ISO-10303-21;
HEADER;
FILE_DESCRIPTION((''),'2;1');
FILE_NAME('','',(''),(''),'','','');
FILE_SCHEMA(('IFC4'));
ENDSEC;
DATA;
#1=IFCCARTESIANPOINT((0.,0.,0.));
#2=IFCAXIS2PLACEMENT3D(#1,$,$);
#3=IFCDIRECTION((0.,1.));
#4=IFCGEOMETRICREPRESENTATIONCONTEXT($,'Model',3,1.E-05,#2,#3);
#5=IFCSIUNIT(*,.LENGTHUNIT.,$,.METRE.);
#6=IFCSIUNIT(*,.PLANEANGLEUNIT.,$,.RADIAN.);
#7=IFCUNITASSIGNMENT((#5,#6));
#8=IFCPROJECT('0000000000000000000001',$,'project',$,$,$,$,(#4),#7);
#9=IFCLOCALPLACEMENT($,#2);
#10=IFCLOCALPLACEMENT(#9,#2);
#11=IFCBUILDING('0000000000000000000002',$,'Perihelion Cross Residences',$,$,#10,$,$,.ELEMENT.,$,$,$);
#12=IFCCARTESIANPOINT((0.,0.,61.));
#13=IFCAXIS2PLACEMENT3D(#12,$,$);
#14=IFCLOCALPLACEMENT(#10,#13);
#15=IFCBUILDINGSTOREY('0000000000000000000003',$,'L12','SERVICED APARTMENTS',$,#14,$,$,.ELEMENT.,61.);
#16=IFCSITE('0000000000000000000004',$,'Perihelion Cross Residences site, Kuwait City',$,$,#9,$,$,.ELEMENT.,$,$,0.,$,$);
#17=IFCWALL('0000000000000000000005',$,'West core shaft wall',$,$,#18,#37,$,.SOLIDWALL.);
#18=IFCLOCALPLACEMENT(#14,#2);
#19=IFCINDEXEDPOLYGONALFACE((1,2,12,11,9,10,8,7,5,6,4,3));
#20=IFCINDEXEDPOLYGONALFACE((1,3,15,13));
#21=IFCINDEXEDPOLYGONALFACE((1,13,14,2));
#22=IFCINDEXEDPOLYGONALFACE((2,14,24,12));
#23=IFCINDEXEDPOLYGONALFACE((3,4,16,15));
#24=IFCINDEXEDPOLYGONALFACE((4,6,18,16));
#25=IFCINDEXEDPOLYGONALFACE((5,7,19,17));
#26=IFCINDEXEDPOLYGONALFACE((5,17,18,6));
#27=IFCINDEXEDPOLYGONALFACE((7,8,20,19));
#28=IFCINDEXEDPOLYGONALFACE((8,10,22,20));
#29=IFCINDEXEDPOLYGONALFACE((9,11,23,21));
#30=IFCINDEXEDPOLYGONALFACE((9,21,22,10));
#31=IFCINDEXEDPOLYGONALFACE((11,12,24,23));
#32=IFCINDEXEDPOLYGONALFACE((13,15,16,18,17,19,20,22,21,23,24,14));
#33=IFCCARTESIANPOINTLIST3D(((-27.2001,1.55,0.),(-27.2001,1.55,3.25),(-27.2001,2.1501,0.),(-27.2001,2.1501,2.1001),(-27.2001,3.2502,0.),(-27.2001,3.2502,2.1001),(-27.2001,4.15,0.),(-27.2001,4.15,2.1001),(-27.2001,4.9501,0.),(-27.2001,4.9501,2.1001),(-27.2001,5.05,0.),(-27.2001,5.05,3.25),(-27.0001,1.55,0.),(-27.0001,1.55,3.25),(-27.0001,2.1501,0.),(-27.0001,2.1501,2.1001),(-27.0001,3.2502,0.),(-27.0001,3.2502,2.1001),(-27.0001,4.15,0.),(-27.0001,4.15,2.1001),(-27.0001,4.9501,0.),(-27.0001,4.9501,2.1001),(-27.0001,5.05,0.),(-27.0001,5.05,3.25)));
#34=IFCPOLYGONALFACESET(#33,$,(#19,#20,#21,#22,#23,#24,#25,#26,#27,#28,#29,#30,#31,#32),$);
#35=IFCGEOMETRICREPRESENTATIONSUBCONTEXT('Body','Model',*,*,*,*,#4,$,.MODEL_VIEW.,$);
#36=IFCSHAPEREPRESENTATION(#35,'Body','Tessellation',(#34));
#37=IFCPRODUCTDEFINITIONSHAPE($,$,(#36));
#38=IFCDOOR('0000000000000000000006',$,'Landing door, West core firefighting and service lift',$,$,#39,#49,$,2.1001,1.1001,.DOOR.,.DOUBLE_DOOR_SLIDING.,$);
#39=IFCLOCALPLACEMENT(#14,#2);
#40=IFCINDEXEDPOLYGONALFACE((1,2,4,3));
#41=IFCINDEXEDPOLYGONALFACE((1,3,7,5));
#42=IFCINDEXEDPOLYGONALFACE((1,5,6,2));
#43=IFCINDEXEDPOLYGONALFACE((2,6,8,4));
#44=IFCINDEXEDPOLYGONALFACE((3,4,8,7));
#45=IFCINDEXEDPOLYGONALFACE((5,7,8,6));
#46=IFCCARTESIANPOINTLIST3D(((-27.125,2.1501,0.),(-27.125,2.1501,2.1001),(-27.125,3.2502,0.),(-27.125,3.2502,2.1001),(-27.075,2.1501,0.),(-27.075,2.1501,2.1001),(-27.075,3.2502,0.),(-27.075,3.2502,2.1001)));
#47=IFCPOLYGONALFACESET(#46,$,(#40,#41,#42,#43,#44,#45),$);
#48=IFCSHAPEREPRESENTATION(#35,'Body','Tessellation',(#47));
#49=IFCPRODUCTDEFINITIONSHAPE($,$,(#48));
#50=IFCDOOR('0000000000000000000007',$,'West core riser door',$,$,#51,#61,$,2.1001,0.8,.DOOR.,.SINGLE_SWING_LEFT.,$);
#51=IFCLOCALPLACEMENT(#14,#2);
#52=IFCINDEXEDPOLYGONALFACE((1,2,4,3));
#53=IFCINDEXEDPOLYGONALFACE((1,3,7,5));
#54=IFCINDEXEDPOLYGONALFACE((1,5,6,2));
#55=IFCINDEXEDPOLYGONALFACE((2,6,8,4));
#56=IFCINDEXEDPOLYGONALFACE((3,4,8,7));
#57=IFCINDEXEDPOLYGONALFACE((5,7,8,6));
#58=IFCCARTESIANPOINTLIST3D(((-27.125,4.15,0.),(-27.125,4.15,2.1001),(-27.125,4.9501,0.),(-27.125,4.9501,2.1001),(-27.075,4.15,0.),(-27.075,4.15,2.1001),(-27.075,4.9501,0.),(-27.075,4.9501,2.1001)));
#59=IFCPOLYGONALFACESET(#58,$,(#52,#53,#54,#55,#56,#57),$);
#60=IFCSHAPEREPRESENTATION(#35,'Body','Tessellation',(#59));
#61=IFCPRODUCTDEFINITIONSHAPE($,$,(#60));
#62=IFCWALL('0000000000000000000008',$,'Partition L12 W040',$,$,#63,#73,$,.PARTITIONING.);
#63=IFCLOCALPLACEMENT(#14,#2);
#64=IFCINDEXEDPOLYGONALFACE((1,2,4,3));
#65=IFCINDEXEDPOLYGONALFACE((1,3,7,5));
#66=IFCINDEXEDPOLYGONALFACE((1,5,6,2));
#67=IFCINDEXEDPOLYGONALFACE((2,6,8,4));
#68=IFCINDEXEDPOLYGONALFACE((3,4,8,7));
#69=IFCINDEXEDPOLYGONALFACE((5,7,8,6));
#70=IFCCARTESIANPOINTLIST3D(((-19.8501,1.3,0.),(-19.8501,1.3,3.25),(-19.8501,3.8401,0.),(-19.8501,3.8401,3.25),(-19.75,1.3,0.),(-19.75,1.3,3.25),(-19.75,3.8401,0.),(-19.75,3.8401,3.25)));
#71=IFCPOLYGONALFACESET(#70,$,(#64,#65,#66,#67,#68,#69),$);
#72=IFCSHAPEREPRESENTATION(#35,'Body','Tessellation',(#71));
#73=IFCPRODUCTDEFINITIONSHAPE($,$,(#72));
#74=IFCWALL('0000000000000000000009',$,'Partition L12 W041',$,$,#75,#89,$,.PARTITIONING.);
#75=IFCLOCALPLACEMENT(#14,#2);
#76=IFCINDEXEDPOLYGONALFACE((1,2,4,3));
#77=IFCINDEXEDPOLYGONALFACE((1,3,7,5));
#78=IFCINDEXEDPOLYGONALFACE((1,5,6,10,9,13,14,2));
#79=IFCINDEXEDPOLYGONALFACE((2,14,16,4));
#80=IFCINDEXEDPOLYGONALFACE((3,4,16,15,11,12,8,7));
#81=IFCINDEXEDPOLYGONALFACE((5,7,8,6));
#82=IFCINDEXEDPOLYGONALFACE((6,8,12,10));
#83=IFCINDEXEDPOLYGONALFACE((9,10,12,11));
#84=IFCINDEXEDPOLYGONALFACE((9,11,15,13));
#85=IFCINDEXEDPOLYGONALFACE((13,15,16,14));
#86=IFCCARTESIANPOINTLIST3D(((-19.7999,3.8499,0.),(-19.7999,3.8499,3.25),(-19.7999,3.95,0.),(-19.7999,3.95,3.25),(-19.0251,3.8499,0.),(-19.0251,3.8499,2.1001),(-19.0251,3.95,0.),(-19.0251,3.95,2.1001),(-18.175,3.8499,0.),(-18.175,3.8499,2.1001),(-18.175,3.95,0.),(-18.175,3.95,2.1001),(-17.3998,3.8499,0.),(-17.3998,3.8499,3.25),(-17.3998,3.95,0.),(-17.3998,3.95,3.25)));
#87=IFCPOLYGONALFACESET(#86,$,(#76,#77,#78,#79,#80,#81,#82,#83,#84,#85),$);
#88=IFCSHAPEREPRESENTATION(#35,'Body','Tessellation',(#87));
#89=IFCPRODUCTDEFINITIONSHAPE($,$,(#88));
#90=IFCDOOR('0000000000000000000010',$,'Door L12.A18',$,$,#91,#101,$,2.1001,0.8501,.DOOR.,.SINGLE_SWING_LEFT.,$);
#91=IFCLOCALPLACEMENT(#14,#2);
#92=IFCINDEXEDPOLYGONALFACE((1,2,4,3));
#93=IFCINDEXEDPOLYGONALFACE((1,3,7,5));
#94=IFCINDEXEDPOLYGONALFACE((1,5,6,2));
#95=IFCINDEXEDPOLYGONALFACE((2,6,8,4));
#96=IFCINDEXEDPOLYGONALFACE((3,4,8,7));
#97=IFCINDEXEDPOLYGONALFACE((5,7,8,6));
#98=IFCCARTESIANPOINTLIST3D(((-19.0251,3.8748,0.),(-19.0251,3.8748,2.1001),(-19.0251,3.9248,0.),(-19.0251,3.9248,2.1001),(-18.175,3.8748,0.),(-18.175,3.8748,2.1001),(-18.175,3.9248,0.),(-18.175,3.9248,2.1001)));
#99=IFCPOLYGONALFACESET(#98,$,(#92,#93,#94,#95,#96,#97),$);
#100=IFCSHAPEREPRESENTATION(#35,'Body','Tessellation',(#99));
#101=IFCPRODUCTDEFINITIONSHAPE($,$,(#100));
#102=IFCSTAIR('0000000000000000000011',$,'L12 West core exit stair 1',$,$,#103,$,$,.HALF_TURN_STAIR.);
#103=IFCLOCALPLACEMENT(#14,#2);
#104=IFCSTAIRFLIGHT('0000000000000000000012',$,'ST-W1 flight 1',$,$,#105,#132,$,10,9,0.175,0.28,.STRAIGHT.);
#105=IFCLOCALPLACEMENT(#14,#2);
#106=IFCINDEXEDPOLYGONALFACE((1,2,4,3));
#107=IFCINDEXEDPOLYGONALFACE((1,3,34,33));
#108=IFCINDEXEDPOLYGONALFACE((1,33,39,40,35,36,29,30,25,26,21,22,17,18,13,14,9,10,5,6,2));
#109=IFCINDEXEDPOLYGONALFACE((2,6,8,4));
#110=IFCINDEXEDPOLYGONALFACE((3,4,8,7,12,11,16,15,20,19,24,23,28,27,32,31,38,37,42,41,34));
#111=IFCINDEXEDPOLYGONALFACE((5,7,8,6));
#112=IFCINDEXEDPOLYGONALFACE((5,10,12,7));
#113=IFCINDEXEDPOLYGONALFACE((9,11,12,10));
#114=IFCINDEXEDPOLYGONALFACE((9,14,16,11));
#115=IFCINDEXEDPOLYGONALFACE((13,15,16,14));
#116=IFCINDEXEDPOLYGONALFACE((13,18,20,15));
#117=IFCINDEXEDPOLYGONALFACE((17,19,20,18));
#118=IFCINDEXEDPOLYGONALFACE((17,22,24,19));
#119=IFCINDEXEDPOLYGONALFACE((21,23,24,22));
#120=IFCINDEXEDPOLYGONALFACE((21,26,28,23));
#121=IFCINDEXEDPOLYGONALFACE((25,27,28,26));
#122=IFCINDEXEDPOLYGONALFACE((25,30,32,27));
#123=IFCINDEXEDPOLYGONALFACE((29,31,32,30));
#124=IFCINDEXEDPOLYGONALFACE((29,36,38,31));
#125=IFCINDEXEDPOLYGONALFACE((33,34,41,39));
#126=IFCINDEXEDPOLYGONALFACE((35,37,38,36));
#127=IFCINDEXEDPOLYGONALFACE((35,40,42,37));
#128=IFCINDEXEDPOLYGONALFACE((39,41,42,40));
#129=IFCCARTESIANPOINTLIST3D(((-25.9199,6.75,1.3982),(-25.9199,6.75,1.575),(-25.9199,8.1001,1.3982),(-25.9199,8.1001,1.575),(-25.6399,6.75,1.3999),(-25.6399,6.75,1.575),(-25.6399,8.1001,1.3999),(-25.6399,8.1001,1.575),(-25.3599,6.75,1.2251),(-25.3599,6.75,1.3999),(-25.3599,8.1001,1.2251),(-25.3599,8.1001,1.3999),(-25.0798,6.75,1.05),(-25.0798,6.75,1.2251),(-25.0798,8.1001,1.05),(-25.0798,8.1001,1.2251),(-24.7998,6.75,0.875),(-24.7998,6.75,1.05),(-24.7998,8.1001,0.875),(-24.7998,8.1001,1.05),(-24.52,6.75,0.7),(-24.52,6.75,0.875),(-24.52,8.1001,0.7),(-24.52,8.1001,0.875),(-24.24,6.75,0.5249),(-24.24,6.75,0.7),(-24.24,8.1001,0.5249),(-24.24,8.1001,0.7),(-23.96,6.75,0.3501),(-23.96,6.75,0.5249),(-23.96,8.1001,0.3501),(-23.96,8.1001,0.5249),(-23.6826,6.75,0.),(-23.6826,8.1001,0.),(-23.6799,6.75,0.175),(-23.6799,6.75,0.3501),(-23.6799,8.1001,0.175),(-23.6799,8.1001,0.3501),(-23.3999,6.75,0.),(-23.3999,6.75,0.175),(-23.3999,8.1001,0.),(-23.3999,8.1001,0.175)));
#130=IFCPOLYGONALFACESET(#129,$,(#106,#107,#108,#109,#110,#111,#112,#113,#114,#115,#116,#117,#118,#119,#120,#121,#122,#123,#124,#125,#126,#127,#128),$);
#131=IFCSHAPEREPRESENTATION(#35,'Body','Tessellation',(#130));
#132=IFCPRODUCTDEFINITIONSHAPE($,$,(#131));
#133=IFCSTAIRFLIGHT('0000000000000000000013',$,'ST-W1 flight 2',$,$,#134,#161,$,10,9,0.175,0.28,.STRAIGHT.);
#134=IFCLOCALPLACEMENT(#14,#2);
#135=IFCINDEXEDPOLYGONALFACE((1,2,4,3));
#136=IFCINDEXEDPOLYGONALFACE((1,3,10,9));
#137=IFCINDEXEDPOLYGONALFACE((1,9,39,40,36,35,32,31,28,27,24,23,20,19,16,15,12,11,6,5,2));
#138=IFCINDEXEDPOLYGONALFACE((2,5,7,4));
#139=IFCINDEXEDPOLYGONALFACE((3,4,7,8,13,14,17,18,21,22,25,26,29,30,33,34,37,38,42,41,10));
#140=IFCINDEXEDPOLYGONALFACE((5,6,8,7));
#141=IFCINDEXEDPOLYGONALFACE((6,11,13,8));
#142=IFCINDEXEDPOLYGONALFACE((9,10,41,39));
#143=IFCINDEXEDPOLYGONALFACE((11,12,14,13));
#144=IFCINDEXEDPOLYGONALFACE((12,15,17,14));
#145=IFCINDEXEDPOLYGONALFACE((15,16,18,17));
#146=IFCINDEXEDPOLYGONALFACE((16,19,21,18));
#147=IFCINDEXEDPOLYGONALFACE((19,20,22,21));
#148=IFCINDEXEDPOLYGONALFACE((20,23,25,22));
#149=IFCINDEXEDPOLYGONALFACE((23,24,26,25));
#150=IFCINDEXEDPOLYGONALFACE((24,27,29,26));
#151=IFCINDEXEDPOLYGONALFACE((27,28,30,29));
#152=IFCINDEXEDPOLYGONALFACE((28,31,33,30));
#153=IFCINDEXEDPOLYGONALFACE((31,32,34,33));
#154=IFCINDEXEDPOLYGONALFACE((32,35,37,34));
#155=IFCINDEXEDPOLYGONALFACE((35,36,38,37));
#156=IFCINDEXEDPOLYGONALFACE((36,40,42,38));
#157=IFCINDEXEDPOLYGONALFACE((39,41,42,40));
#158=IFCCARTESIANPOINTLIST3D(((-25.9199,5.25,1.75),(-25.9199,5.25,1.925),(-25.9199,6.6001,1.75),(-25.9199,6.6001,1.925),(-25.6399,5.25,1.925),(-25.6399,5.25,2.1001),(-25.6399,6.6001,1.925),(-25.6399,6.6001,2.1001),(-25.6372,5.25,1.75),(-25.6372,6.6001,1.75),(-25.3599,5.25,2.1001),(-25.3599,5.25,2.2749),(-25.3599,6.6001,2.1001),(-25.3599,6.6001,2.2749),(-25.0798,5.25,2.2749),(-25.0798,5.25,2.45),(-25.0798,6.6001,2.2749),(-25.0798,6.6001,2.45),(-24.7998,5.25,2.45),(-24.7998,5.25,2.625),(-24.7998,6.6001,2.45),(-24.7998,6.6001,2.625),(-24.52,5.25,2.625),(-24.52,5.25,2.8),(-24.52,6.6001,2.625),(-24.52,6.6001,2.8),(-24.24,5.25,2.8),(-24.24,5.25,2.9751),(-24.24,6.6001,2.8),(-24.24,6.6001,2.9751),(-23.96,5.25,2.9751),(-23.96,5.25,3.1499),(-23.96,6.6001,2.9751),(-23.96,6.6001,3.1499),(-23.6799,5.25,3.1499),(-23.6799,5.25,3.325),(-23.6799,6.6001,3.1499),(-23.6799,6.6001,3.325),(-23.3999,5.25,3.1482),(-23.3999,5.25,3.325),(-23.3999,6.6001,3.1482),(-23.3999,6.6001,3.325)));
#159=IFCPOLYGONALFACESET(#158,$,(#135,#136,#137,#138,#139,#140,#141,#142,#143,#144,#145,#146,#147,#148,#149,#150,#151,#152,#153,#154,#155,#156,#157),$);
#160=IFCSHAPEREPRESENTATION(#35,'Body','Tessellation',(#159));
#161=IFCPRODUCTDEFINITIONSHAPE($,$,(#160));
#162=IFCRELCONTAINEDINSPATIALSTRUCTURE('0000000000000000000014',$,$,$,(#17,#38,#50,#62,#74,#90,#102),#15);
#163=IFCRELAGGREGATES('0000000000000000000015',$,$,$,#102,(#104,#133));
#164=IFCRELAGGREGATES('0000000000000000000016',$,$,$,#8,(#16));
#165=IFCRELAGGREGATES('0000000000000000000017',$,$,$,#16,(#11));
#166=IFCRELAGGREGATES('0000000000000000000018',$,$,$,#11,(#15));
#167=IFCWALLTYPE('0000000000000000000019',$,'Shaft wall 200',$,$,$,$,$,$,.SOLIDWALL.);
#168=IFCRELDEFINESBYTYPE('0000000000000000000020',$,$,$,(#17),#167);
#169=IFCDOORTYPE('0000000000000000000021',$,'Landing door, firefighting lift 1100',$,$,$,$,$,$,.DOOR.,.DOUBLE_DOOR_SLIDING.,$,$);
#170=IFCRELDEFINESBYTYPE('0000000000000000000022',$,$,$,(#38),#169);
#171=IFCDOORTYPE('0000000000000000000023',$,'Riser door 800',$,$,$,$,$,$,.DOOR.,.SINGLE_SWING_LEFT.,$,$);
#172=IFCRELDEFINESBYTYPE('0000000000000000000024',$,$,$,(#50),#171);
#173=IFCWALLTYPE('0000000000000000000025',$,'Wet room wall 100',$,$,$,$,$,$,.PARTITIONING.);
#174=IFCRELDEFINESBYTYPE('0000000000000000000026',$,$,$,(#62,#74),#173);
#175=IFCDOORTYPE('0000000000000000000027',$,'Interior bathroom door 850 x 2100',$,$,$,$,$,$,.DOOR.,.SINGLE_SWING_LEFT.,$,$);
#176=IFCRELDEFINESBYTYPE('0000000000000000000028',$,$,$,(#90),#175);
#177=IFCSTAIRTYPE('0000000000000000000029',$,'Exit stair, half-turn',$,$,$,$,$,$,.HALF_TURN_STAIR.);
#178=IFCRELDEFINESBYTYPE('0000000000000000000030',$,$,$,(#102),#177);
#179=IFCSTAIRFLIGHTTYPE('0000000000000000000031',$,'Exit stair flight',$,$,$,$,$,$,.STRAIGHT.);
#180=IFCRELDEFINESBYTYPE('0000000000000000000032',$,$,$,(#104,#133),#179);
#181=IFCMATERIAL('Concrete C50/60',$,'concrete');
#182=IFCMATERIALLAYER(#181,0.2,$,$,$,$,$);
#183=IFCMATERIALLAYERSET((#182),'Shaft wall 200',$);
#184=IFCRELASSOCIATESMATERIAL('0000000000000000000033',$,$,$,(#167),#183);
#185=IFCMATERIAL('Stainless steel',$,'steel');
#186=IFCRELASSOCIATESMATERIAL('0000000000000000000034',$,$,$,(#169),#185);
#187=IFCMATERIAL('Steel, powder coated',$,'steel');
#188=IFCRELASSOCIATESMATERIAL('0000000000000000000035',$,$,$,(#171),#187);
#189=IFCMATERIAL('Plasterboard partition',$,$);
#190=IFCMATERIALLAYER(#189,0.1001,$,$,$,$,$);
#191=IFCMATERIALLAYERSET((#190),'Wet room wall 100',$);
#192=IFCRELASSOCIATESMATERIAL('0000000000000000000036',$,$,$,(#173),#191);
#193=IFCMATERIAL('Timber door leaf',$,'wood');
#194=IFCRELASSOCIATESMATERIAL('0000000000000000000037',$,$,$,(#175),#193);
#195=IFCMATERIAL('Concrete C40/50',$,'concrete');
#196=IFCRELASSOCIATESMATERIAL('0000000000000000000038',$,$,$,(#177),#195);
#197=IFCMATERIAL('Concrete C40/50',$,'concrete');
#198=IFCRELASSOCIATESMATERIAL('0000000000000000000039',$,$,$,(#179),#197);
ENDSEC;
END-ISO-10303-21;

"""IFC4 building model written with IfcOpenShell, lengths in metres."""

from ifc_helpers import new_model, si_unit, direction, frame, frame_2d, origin, place, context, subcontext, project, spatial, polyline, rectangle, outline, extrude, material, layer, layer_set, type_object, element, fill, aggregate, save


model = new_model("IFC4")

# Units and contexts
model_context = context("Model", 3, precision=1e-05, world=origin(), true_north=direction((0.0, 1.0)))
body_context = subcontext(model_context, "Body", "Model", "MODEL_VIEW")
ifc_project = project(units=[si_unit("LENGTHUNIT", "METRE"), si_unit("PLANEANGLEUNIT", "RADIAN")], contexts=[model_context])

# Site, building, storey
site_placement = place(None, origin())
site = spatial("IfcSite", under=ifc_project, at=site_placement, Name="Perihelion Cross Residences site, Kuwait City", CompositionType="ELEMENT", RefElevation=0.0)
building_placement = place(site_placement, origin())
building = spatial("IfcBuilding", under=site, at=building_placement, Name="Perihelion Cross Residences", CompositionType="ELEMENT")
storey_placement = place(building_placement, frame((0.0, 0.0, 61.0)))
storey = spatial("IfcBuildingStorey", under=building, at=storey_placement, Name="L12", Description="SERVICED APARTMENTS", CompositionType="ELEMENT", Elevation=61.0)

# Wall, openings, doors
ifc_material_1 = material(Name="Concrete C50/60", Category="concrete")
ifc_layer_1 = layer(ifc_material_1, 0.2)
ifc_layer_set_1 = layer_set([ifc_layer_1], Name="Shaft wall 200")
wall_type_1 = type_object("IfcWallType", Name="Shaft wall 200", PredefinedType="SOLIDWALL", material=ifc_layer_set_1)
wall_1_placement = place(storey_placement, frame((-27.1001, 1.55, 0.0), z_axis=(0.0, 0.0, 1.0), x_axis=(0.0, 1.0, 0.0)))
wall_1 = element("IfcWall", 1, at=wall_1_placement, inside=storey, type_object=wall_type_1, Name="West core shaft wall", PredefinedType="SOLIDWALL", context=body_context, shape_type="SweptSolid", body=[
    extrude(rectangle(XDim=3.5, YDim=0.2, at=frame_2d((1.75, 0.0))), origin(), (0.0, 0.0, 1.0), 3.25),
])
opening_1_placement = place(wall_1_placement, frame((0.6001, 0.0, 0.0)))
opening_1 = element("IfcOpeningElement", 2, at=opening_1_placement, cuts=wall_1, PredefinedType="OPENING", context=body_context, shape_type="SweptSolid", body=[
    extrude(rectangle(XDim=1.1001, YDim=2.1001, at=frame_2d((0.55, 1.05))), frame((0.0, 0.1099, 0.0), z_axis=(0.0, -1.0, 0.0), x_axis=(1.0, 0.0, 0.0)), (0.0, 0.0, 1.0), 0.22),
])
opening_2_placement = place(wall_1_placement, frame((2.6001, 0.0, 0.0)))
opening_2 = element("IfcOpeningElement", 3, at=opening_2_placement, cuts=wall_1, PredefinedType="OPENING", context=body_context, shape_type="SweptSolid", body=[
    extrude(rectangle(XDim=0.8, YDim=2.1001, at=frame_2d((0.3999, 1.05))), frame((0.0, 0.1099, 0.0), z_axis=(0.0, -1.0, 0.0), x_axis=(1.0, 0.0, 0.0)), (0.0, 0.0, 1.0), 0.22),
])
ifc_material_2 = material(Name="Stainless steel", Category="steel")
door_type_1 = type_object("IfcDoorType", Name="Landing door, firefighting lift 1100", OperationType="DOUBLE_DOOR_SLIDING", PredefinedType="DOOR", material=ifc_material_2)
door_1_placement = place(opening_1_placement, origin())
door_1 = element("IfcDoor", 4, at=door_1_placement, inside=storey, type_object=door_type_1, Name="Landing door, West core firefighting and service lift", OperationType="DOUBLE_DOOR_SLIDING", OverallHeight=2.1001, OverallWidth=1.1001, PredefinedType="DOOR", context=body_context, shape_type="SweptSolid", body=[
    extrude(rectangle(XDim=1.1001, YDim=2.1001, at=frame_2d((0.55, 1.05))), frame((0.0, 0.0249, 0.0), z_axis=(0.0, -1.0, 0.0), x_axis=(1.0, 0.0, 0.0)), (0.0, 0.0, 1.0), 0.05),
])
fill(opening_1, door_1)
ifc_material_3 = material(Name="Steel, powder coated", Category="steel")
door_type_2 = type_object("IfcDoorType", Name="Riser door 800", OperationType="SINGLE_SWING_LEFT", PredefinedType="DOOR", material=ifc_material_3)
door_2_placement = place(opening_2_placement, origin())
door_2 = element("IfcDoor", 5, at=door_2_placement, inside=storey, type_object=door_type_2, Name="West core riser door", OperationType="SINGLE_SWING_LEFT", OverallHeight=2.1001, OverallWidth=0.8, PredefinedType="DOOR", context=body_context, shape_type="SweptSolid", body=[
    extrude(rectangle(XDim=0.8, YDim=2.1001, at=frame_2d((0.3999, 1.05))), frame((0.0, 0.0249, 0.0), z_axis=(0.0, -1.0, 0.0), x_axis=(1.0, 0.0, 0.0)), (0.0, 0.0, 1.0), 0.05),
])
fill(opening_2, door_2)

# Wall
ifc_material_4 = material(Name="Plasterboard partition")
ifc_layer_2 = layer(ifc_material_4, 0.1001)
ifc_layer_set_2 = layer_set([ifc_layer_2], Name="Wet room wall 100")
wall_type_2 = type_object("IfcWallType", Name="Wet room wall 100", PredefinedType="PARTITIONING", material=ifc_layer_set_2)
wall_2_placement = place(storey_placement, frame((-19.8, 1.3, 0.0), z_axis=(0.0, 0.0, 1.0), x_axis=(0.0, 1.0, 0.0)))
element("IfcWall", 6, at=wall_2_placement, inside=storey, type_object=wall_type_2, Name="Partition L12 W040", PredefinedType="PARTITIONING", context=body_context, shape_type="SweptSolid", body=[
    extrude(rectangle(XDim=2.54, YDim=0.1001, at=frame_2d((1.27, 0.0))), origin(), (0.0, 0.0, 1.0), 3.25),
])

# Wall, opening, door
wall_3_placement = place(storey_placement, frame((-19.8, 3.8999, 0.0), z_axis=(0.0, 0.0, 1.0), x_axis=(1.0, 0.0, 0.0)))
wall_3 = element("IfcWall", 7, at=wall_3_placement, inside=storey, type_object=wall_type_2, Name="Partition L12 W041", PredefinedType="PARTITIONING", context=body_context, shape_type="SweptSolid", body=[
    extrude(rectangle(XDim=2.4001, YDim=0.1001, at=frame_2d((1.2002, 0.0))), origin(), (0.0, 0.0, 1.0), 3.25),
])
opening_3_placement = place(wall_3_placement, frame((0.7749, 0.0, 0.0)))
opening_3 = element("IfcOpeningElement", 8, at=opening_3_placement, cuts=wall_3, PredefinedType="OPENING", context=body_context, shape_type="SweptSolid", body=[
    extrude(rectangle(XDim=0.8501, YDim=2.1001, at=frame_2d((0.425, 1.05))), frame((0.0, 0.0601, 0.0), z_axis=(0.0, -1.0, 0.0), x_axis=(1.0, 0.0, 0.0)), (0.0, 0.0, 1.0), 0.1201),
])
ifc_material_5 = material(Name="Timber door leaf", Category="wood")
door_type_3 = type_object("IfcDoorType", Name="Interior bathroom door 850 x 2100", OperationType="SINGLE_SWING_LEFT", PredefinedType="DOOR", material=ifc_material_5)
door_3_placement = place(opening_3_placement, origin())
door_3 = element("IfcDoor", 9, at=door_3_placement, inside=storey, type_object=door_type_3, Name="Door L12.A18", OperationType="SINGLE_SWING_LEFT", OverallHeight=2.1001, OverallWidth=0.8501, PredefinedType="DOOR", context=body_context, shape_type="SweptSolid", body=[
    extrude(rectangle(XDim=0.8501, YDim=2.1001, at=frame_2d((0.425, 1.05))), frame((0.0, 0.0249, 0.0), z_axis=(0.0, -1.0, 0.0), x_axis=(1.0, 0.0, 0.0)), (0.0, 0.0, 1.0), 0.05),
])
fill(opening_3, door_3)

# Stair, stair flights
ifc_material_6 = material(Name="Concrete C40/50", Category="concrete")
stair_type = type_object("IfcStairType", Name="Exit stair, half-turn", PredefinedType="HALF_TURN_STAIR", material=ifc_material_6)
stair_placement = place(storey_placement, origin())
stair = element("IfcStair", 10, at=stair_placement, inside=storey, type_object=stair_type, Name="L12 West core exit stair 1", PredefinedType="HALF_TURN_STAIR")
ifc_material_7 = material(Name="Concrete C40/50", Category="concrete")
stair_flight_type = type_object("IfcStairFlightType", Name="Exit stair flight", PredefinedType="STRAIGHT", material=ifc_material_7)
stair_flight_1_placement = place(storey_placement, frame((-23.3999, 7.425, 0.0), z_axis=(0.0, 0.0, 1.0), x_axis=(-1.0, 0.0, 0.0)))
stair_flight_1 = element("IfcStairFlight", 11, at=stair_flight_1_placement, type_object=stair_flight_type, Name="ST-W1 flight 1", NumberOfRisers=10, NumberOfTreads=9, PredefinedType="STRAIGHT", RiserHeight=0.175, TreadLength=0.28, context=body_context, shape_type="SweptSolid", body=[
    extrude(outline(polyline([(0.0, 0.0), (0.0, 0.175), (0.28, 0.175), (0.28, 0.3501), (0.5601, 0.3501), (0.5601, 0.5249), (0.8401, 0.5249), (0.8401, 0.7), (1.1201, 0.7), (1.1201, 0.875), (1.3999, 0.875), (1.3999, 1.05), (1.6799, 1.05), (1.6799, 1.2251), (1.96, 1.2251), (1.96, 1.3999), (2.24, 1.3999), (2.24, 1.575), (2.52, 1.575), (2.52, 1.75), (2.52, 1.3982), (0.2827, 0.0), (0.0, 0.0)])), frame((0.0, 0.675, 0.0), z_axis=(0.0, -1.0, 0.0), x_axis=(1.0, 0.0, 0.0)), (0.0, 0.0, 1.0), 1.3501),
])
stair_flight_2_placement = place(storey_placement, frame((-25.9199, 5.925, 1.75), z_axis=(0.0, 0.0, 1.0), x_axis=(1.0, 0.0, 0.0)))
stair_flight_2 = element("IfcStairFlight", 12, at=stair_flight_2_placement, type_object=stair_flight_type, Name="ST-W1 flight 2", NumberOfRisers=10, NumberOfTreads=9, PredefinedType="STRAIGHT", RiserHeight=0.175, TreadLength=0.28, context=body_context, shape_type="SweptSolid", body=[
    extrude(outline(polyline([(0.0, 0.0), (0.0, 0.175), (0.28, 0.175), (0.28, 0.3501), (0.5601, 0.3501), (0.5601, 0.5249), (0.8401, 0.5249), (0.8401, 0.7), (1.1201, 0.7), (1.1201, 0.875), (1.3999, 0.875), (1.3999, 1.05), (1.6799, 1.05), (1.6799, 1.2251), (1.96, 1.2251), (1.96, 1.3999), (2.24, 1.3999), (2.24, 1.575), (2.52, 1.575), (2.52, 1.75), (2.52, 1.3982), (0.2827, 0.0), (0.0, 0.0)])), frame((0.0, 0.675, 0.0), z_axis=(0.0, -1.0, 0.0), x_axis=(1.0, 0.0, 0.0)), (0.0, 0.0, 1.0), 1.3501),
])
aggregate(stair, [stair_flight_1, stair_flight_2])

save(model, "model.ifc")
